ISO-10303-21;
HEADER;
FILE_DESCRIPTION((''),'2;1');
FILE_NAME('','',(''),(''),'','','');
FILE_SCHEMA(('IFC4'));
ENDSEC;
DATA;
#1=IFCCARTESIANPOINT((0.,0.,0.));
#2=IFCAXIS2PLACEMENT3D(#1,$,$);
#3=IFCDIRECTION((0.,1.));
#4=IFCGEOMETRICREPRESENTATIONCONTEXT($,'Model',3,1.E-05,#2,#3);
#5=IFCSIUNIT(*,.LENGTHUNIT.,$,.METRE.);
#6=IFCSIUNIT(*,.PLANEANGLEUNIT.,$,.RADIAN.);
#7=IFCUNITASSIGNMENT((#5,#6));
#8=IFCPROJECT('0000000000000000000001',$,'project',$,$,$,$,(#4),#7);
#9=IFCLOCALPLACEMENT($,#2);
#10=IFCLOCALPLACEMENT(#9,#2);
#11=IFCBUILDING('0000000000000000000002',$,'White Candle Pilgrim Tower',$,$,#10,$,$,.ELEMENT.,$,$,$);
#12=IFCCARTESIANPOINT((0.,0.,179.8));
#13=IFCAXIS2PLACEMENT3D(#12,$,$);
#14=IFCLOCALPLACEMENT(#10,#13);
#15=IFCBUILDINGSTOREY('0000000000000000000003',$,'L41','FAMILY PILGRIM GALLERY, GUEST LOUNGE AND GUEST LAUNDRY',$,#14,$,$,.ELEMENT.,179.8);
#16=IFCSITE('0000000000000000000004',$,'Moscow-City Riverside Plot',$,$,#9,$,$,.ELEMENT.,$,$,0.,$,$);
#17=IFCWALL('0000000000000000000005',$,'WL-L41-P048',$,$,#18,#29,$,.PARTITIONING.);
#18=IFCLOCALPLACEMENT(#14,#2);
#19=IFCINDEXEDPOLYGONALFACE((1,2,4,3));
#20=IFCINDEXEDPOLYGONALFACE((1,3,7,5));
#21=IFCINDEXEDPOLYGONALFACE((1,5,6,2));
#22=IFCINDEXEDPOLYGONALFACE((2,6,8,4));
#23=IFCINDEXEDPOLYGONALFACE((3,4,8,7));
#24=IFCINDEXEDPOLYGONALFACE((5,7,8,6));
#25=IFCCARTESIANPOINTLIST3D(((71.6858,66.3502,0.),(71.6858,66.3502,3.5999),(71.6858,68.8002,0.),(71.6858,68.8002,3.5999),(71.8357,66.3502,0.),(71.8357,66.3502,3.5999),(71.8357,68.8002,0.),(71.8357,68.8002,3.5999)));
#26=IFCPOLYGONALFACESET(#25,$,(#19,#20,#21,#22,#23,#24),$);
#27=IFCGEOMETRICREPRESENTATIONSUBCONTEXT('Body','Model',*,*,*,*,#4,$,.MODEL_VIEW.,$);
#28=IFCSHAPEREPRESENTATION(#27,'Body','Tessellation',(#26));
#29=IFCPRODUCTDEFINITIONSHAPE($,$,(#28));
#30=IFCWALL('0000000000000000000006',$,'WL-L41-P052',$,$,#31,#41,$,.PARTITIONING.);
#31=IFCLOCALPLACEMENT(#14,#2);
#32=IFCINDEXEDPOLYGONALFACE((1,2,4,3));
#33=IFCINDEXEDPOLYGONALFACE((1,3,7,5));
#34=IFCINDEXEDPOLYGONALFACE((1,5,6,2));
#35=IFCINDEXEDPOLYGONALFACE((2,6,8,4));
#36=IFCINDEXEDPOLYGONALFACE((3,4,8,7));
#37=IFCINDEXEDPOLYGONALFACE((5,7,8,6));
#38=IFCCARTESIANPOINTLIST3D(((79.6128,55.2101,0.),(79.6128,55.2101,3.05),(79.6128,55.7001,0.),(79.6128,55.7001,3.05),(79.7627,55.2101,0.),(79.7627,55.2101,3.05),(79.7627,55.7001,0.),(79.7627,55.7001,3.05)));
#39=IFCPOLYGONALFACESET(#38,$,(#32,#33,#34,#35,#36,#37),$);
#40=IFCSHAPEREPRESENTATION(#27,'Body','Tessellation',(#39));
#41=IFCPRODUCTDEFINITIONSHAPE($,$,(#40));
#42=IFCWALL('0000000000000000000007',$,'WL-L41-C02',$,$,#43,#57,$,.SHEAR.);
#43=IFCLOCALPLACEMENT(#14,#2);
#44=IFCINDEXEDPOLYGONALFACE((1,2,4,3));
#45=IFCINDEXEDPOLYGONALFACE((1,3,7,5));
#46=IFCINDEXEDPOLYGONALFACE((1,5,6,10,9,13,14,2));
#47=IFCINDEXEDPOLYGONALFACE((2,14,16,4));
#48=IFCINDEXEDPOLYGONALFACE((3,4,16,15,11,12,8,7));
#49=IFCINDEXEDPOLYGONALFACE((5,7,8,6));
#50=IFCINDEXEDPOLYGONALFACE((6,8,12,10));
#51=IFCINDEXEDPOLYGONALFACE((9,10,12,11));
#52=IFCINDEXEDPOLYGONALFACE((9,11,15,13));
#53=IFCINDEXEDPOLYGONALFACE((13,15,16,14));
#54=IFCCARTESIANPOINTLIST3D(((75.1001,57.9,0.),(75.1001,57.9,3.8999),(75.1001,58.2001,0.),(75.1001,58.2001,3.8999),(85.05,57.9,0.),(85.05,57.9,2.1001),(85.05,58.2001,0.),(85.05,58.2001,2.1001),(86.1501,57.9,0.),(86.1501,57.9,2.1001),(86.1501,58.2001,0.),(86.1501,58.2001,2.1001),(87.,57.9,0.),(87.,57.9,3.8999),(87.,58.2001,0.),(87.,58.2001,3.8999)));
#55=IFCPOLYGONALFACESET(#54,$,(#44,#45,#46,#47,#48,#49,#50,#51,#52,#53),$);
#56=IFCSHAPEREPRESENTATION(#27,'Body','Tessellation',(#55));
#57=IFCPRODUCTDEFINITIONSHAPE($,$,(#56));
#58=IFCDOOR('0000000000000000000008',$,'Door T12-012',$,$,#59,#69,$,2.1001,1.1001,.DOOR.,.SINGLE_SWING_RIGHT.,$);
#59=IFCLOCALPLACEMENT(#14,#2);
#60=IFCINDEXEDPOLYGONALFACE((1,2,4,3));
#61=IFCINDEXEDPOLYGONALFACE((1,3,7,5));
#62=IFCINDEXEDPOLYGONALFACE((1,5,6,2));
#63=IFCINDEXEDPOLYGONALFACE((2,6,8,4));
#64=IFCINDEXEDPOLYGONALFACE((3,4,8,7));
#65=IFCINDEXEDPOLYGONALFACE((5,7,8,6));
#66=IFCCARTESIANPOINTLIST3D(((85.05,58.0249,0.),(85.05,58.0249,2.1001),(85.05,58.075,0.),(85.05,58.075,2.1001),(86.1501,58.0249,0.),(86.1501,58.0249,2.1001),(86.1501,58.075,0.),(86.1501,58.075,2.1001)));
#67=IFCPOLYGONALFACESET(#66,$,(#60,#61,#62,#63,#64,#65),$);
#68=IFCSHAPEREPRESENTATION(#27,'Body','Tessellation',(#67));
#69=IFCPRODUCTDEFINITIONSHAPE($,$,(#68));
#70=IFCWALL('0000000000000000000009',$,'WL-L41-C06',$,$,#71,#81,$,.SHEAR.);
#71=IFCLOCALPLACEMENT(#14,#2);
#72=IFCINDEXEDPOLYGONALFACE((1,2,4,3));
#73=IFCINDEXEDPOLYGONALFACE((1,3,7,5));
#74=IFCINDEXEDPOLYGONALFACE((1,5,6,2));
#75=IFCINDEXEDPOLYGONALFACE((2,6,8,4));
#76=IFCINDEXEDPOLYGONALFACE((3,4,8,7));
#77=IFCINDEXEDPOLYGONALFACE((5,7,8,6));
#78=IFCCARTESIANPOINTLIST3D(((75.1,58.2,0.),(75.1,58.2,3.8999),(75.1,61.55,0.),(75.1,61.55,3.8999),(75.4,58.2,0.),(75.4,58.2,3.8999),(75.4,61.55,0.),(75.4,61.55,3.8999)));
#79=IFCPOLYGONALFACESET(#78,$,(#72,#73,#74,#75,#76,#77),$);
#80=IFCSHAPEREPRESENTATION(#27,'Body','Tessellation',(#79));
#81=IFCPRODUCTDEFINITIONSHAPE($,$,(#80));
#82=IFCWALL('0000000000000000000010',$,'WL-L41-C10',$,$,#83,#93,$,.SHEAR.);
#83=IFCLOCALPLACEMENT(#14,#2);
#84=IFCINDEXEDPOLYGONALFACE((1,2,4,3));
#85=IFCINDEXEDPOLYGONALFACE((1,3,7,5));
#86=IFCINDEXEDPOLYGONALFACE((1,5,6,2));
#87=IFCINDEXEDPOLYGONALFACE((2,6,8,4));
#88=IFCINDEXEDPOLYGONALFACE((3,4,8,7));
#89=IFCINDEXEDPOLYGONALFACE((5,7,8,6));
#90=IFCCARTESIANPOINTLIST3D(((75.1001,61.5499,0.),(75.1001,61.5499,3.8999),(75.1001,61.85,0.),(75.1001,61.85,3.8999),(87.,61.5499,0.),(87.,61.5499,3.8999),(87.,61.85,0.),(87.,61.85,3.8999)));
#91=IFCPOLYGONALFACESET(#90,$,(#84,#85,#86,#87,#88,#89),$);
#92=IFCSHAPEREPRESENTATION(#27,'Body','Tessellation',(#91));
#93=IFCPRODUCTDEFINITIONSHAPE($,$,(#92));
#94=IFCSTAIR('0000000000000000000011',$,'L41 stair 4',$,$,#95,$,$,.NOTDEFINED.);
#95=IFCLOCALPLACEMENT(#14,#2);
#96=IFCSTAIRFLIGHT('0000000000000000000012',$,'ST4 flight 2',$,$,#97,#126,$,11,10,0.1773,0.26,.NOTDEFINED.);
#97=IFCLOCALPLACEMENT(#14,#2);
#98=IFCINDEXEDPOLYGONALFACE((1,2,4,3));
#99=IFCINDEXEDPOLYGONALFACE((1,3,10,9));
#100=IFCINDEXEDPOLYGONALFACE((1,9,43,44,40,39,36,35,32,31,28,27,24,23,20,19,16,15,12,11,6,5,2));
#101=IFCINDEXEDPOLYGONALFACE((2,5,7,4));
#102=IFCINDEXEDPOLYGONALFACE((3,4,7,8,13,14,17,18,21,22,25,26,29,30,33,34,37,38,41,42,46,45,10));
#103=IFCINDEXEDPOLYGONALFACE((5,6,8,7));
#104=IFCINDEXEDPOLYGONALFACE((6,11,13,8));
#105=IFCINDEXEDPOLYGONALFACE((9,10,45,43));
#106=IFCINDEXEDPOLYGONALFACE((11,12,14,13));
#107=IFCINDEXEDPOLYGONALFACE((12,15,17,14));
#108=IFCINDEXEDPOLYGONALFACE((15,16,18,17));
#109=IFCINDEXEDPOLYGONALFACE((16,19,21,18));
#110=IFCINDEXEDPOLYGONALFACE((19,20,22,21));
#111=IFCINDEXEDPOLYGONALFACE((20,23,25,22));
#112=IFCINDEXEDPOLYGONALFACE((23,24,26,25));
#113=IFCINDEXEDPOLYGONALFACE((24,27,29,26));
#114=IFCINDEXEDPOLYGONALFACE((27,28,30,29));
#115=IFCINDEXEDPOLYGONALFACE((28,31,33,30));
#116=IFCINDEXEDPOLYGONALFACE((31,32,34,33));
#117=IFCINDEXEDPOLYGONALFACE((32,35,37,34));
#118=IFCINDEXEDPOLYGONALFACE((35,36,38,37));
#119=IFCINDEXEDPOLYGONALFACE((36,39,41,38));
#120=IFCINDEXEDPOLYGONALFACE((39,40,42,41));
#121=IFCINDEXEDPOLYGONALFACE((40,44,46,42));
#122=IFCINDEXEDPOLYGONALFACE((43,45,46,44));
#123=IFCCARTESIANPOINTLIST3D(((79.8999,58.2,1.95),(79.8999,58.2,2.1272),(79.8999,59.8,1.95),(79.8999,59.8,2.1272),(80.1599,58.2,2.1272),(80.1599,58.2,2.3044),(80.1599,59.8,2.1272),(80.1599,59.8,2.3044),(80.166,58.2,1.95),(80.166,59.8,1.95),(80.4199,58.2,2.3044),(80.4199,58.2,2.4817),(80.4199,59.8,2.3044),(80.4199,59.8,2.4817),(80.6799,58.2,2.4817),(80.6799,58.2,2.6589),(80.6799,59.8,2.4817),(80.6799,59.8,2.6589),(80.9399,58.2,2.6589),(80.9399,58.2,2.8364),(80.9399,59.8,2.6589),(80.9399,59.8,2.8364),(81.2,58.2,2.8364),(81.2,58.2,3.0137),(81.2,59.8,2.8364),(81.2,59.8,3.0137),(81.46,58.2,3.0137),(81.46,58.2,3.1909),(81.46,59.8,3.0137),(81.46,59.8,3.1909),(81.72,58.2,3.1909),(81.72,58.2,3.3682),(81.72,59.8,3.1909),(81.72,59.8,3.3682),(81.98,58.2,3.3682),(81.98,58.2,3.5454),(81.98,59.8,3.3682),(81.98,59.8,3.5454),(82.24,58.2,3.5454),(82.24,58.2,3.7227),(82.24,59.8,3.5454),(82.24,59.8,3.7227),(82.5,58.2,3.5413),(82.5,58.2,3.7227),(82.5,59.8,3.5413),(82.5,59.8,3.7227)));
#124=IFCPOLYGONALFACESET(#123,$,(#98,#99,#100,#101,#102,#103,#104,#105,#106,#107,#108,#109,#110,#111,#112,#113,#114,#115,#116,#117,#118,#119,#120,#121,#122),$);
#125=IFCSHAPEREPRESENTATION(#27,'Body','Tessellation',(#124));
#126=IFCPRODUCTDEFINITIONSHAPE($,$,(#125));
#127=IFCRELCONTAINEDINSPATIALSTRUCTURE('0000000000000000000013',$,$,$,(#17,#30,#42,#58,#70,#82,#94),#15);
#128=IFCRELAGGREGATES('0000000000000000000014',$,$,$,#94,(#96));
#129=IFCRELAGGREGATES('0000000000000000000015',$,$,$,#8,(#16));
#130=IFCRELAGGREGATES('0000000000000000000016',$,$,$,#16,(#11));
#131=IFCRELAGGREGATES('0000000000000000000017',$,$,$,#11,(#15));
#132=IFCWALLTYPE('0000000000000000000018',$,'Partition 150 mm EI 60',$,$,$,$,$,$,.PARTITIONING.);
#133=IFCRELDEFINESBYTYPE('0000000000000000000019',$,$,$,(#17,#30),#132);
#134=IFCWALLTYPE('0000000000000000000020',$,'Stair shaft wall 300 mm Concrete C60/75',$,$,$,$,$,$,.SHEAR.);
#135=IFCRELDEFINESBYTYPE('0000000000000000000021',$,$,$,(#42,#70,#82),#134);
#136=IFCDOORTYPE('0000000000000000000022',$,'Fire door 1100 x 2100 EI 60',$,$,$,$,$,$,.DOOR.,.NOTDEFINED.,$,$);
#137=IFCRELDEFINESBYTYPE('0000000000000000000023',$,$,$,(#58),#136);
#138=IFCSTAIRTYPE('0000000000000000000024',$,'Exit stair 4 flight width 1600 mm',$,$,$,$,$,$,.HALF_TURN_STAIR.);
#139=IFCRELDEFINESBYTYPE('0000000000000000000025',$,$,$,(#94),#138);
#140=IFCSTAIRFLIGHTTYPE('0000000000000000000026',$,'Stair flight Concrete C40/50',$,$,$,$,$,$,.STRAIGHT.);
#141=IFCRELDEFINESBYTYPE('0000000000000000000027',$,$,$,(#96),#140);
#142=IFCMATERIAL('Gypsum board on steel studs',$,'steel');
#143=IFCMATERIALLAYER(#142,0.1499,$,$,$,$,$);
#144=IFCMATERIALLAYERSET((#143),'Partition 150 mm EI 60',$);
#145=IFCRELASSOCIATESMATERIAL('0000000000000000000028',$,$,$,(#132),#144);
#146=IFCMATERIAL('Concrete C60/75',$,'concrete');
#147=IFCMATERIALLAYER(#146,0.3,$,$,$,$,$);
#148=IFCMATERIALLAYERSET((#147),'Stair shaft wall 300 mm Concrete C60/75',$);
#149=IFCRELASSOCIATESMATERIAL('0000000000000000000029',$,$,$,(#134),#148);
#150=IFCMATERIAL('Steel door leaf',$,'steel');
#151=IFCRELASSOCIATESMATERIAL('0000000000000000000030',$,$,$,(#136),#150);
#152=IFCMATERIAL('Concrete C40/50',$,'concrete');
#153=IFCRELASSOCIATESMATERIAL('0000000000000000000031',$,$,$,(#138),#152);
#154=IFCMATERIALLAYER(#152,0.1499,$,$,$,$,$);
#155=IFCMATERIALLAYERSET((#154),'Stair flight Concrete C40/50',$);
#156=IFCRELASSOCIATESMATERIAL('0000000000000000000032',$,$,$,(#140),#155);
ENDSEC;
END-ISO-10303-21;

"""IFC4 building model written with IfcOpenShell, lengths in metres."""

from ifc_helpers import new_model, si_unit, direction, frame, frame_2d, origin, place, context, subcontext, project, spatial, polyline, rectangle, outline, extrude, material, layer, layer_set, type_object, element, fill, aggregate, save


model = new_model("IFC4")

# Units and contexts
model_context = context("Model", 3, precision=1e-05, world=origin(), true_north=direction((0.0, 1.0)))
body_context = subcontext(model_context, "Body", "Model", "MODEL_VIEW")
ifc_project = project(units=[si_unit("LENGTHUNIT", "METRE"), si_unit("PLANEANGLEUNIT", "RADIAN")], contexts=[model_context])

# Site, building, storey
site_placement = place(None, origin())
site = spatial("IfcSite", under=ifc_project, at=site_placement, Name="Moscow-City Riverside Plot", CompositionType="ELEMENT", RefElevation=0.0)
building_placement = place(site_placement, origin())
building = spatial("IfcBuilding", under=site, at=building_placement, Name="White Candle Pilgrim Tower", CompositionType="ELEMENT")
storey_placement = place(building_placement, frame((0.0, 0.0, 179.8)))
storey = spatial("IfcBuildingStorey", under=building, at=storey_placement, Name="L41", Description="FAMILY PILGRIM GALLERY, GUEST LOUNGE AND GUEST LAUNDRY", CompositionType="ELEMENT", Elevation=179.8)

# Shared definitions
ifc_material_1 = material(Name="Gypsum board on steel studs", Category="steel")
ifc_material_2 = material(Name="Steel door leaf", Category="steel")

# Walls
ifc_layer_1 = layer(ifc_material_1, 0.1499)
ifc_layer_set_1 = layer_set([ifc_layer_1], Name="Partition 150 mm EI 60")
wall_type_1 = type_object("IfcWallType", Name="Partition 150 mm EI 60", PredefinedType="PARTITIONING", material=ifc_layer_set_1)
wall_1_placement = place(storey_placement, frame((71.7607, 66.3501, 0.0), z_axis=(0.0, 0.0, 1.0), x_axis=(0.0, 1.0, 0.0)))
element("IfcWall", 1, at=wall_1_placement, inside=storey, type_object=wall_type_1, Name="WL-L41-P048", PredefinedType="PARTITIONING", context=body_context, shape_type="SweptSolid", body=[
    extrude(rectangle(XDim=2.45, YDim=0.1499, at=frame_2d((1.2251, 0.0))), origin(), (0.0, 0.0, 1.0), 3.5999),
])
wall_2_placement = place(storey_placement, frame((79.6877, 55.21, 0.0), z_axis=(0.0, 0.0, 1.0), x_axis=(0.0, 1.0, 0.0)))
element("IfcWall", 2, at=wall_2_placement, inside=storey, type_object=wall_type_1, Name="WL-L41-P052", PredefinedType="PARTITIONING", context=body_context, shape_type="SweptSolid", body=[
    extrude(rectangle(XDim=0.49, YDim=0.1499, at=frame_2d((0.2451, 0.0))), origin(), (0.0, 0.0, 1.0), 3.05),
])

# Wall, opening, door
ifc_material_3 = material(Name="Concrete C60/75", Category="concrete")
ifc_layer_2 = layer(ifc_material_3, 0.3)
ifc_layer_set_2 = layer_set([ifc_layer_2], Name="Stair shaft wall 300 mm Concrete C60/75")
wall_type_2 = type_object("IfcWallType", Name="Stair shaft wall 300 mm Concrete C60/75", PredefinedType="SHEAR", material=ifc_layer_set_2)
wall_3_placement = place(storey_placement, frame((75.1001, 58.05, 0.0), z_axis=(0.0, 0.0, 1.0), x_axis=(1.0, 0.0, 0.0)))
wall_3 = element("IfcWall", 3, at=wall_3_placement, inside=storey, type_object=wall_type_2, Name="WL-L41-C02", PredefinedType="SHEAR", context=body_context, shape_type="SweptSolid", body=[
    extrude(rectangle(XDim=11.8999, YDim=0.3, at=frame_2d((5.95, 0.0))), origin(), (0.0, 0.0, 1.0), 3.8999),
])
opening_1_placement = place(wall_3_placement, frame((9.95, 0.0, 0.0)))
opening_1 = element("IfcOpeningElement", 4, at=opening_1_placement, cuts=wall_3, PredefinedType="OPENING", context=body_context, shape_type="SweptSolid", body=[
    extrude(rectangle(XDim=1.1001, YDim=2.1001, at=frame_2d((0.55, 1.05))), frame((0.0, 0.1599, 0.0), z_axis=(0.0, -1.0, 0.0), x_axis=(1.0, 0.0, 0.0)), (0.0, 0.0, 1.0), 0.3201),
])
door_type_1 = type_object("IfcDoorType", Name="Fire door 1100 x 2100 EI 60", OperationType="NOTDEFINED", PredefinedType="DOOR", material=ifc_material_2)
door_1_placement = place(opening_1_placement, origin())
door_1 = element("IfcDoor", 5, at=door_1_placement, inside=storey, type_object=door_type_1, Name="Door T12-012", OperationType="SINGLE_SWING_RIGHT", OverallHeight=2.1001, OverallWidth=1.1001, PredefinedType="DOOR", context=body_context, shape_type="SweptSolid", body=[
    extrude(rectangle(XDim=1.1001, YDim=2.1001, at=frame_2d((0.55, 1.05))), frame((0.0, 0.0249, 0.0), z_axis=(0.0, -1.0, 0.0), x_axis=(1.0, 0.0, 0.0)), (0.0, 0.0, 1.0), 0.05),
])
fill(opening_1, door_1)

# Walls
wall_4_placement = place(storey_placement, frame((75.25, 58.2, 0.0), z_axis=(0.0, 0.0, 1.0), x_axis=(0.0, 1.0, 0.0)))
element("IfcWall", 6, at=wall_4_placement, inside=storey, type_object=wall_type_2, Name="WL-L41-C06", PredefinedType="SHEAR", context=body_context, shape_type="SweptSolid", body=[
    extrude(rectangle(XDim=3.3501, YDim=0.3, at=frame_2d((1.675, 0.0))), origin(), (0.0, 0.0, 1.0), 3.8999),
])
wall_5_placement = place(storey_placement, frame((75.1001, 61.7, 0.0), z_axis=(0.0, 0.0, 1.0), x_axis=(1.0, 0.0, 0.0)))
element("IfcWall", 7, at=wall_5_placement, inside=storey, type_object=wall_type_2, Name="WL-L41-C10", PredefinedType="SHEAR", context=body_context, shape_type="SweptSolid", body=[
    extrude(rectangle(XDim=11.8999, YDim=0.3, at=frame_2d((5.95, 0.0))), origin(), (0.0, 0.0, 1.0), 3.8999),
])

# Stair, stair flight
ifc_material_4 = material(Name="Concrete C40/50", Category="concrete")
stair_type = type_object("IfcStairType", Name="Exit stair 4 flight width 1600 mm", PredefinedType="HALF_TURN_STAIR", material=ifc_material_4)
stair_placement = place(storey_placement, origin())
stair = element("IfcStair", 8, at=stair_placement, inside=storey, type_object=stair_type, Name="L41 stair 4", PredefinedType="NOTDEFINED")
ifc_layer_3 = layer(ifc_material_4, 0.1499)
ifc_layer_set_3 = layer_set([ifc_layer_3], Name="Stair flight Concrete C40/50")
stair_flight_type = type_object("IfcStairFlightType", Name="Stair flight Concrete C40/50", PredefinedType="STRAIGHT", material=ifc_layer_set_3)
stair_flight_placement = place(storey_placement, frame((79.8999, 59.0, 1.95), z_axis=(0.0, 0.0, 1.0), x_axis=(1.0, 0.0, 0.0)))
stair_flight = element("IfcStairFlight", 9, at=stair_flight_placement, type_object=stair_flight_type, Name="ST4 flight 2", NumberOfRisers=11, NumberOfTreads=10, PredefinedType="NOTDEFINED", RiserHeight=0.1773, TreadLength=0.26, context=body_context, shape_type="SweptSolid", body=[
    extrude(outline(polyline([(0.0, 0.0), (0.0, 0.1772), (0.26, 0.1772), (0.26, 0.3545), (0.52, 0.3545), (0.52, 0.5317), (0.78, 0.5317), (0.78, 0.709), (1.04, 0.709), (1.04, 0.8865), (1.3, 0.8865), (1.3, 1.0637), (1.5601, 1.0637), (1.5601, 1.241), (1.8201, 1.241), (1.8201, 1.4182), (2.0801, 1.4182), (2.0801, 1.5955), (2.3401, 1.5955), (2.3401, 1.7727), (2.6001, 1.7727), (2.6001, 1.95), (2.6001, 1.5913), (0.2661, 0.0), (0.0, 0.0)])), frame((0.0, 0.8, 0.0), z_axis=(0.0, -1.0, 0.0), x_axis=(1.0, 0.0, 0.0)), (0.0, 0.0, 1.0), 1.6001),
])
aggregate(stair, [stair_flight])

save(model, "model.ifc")
